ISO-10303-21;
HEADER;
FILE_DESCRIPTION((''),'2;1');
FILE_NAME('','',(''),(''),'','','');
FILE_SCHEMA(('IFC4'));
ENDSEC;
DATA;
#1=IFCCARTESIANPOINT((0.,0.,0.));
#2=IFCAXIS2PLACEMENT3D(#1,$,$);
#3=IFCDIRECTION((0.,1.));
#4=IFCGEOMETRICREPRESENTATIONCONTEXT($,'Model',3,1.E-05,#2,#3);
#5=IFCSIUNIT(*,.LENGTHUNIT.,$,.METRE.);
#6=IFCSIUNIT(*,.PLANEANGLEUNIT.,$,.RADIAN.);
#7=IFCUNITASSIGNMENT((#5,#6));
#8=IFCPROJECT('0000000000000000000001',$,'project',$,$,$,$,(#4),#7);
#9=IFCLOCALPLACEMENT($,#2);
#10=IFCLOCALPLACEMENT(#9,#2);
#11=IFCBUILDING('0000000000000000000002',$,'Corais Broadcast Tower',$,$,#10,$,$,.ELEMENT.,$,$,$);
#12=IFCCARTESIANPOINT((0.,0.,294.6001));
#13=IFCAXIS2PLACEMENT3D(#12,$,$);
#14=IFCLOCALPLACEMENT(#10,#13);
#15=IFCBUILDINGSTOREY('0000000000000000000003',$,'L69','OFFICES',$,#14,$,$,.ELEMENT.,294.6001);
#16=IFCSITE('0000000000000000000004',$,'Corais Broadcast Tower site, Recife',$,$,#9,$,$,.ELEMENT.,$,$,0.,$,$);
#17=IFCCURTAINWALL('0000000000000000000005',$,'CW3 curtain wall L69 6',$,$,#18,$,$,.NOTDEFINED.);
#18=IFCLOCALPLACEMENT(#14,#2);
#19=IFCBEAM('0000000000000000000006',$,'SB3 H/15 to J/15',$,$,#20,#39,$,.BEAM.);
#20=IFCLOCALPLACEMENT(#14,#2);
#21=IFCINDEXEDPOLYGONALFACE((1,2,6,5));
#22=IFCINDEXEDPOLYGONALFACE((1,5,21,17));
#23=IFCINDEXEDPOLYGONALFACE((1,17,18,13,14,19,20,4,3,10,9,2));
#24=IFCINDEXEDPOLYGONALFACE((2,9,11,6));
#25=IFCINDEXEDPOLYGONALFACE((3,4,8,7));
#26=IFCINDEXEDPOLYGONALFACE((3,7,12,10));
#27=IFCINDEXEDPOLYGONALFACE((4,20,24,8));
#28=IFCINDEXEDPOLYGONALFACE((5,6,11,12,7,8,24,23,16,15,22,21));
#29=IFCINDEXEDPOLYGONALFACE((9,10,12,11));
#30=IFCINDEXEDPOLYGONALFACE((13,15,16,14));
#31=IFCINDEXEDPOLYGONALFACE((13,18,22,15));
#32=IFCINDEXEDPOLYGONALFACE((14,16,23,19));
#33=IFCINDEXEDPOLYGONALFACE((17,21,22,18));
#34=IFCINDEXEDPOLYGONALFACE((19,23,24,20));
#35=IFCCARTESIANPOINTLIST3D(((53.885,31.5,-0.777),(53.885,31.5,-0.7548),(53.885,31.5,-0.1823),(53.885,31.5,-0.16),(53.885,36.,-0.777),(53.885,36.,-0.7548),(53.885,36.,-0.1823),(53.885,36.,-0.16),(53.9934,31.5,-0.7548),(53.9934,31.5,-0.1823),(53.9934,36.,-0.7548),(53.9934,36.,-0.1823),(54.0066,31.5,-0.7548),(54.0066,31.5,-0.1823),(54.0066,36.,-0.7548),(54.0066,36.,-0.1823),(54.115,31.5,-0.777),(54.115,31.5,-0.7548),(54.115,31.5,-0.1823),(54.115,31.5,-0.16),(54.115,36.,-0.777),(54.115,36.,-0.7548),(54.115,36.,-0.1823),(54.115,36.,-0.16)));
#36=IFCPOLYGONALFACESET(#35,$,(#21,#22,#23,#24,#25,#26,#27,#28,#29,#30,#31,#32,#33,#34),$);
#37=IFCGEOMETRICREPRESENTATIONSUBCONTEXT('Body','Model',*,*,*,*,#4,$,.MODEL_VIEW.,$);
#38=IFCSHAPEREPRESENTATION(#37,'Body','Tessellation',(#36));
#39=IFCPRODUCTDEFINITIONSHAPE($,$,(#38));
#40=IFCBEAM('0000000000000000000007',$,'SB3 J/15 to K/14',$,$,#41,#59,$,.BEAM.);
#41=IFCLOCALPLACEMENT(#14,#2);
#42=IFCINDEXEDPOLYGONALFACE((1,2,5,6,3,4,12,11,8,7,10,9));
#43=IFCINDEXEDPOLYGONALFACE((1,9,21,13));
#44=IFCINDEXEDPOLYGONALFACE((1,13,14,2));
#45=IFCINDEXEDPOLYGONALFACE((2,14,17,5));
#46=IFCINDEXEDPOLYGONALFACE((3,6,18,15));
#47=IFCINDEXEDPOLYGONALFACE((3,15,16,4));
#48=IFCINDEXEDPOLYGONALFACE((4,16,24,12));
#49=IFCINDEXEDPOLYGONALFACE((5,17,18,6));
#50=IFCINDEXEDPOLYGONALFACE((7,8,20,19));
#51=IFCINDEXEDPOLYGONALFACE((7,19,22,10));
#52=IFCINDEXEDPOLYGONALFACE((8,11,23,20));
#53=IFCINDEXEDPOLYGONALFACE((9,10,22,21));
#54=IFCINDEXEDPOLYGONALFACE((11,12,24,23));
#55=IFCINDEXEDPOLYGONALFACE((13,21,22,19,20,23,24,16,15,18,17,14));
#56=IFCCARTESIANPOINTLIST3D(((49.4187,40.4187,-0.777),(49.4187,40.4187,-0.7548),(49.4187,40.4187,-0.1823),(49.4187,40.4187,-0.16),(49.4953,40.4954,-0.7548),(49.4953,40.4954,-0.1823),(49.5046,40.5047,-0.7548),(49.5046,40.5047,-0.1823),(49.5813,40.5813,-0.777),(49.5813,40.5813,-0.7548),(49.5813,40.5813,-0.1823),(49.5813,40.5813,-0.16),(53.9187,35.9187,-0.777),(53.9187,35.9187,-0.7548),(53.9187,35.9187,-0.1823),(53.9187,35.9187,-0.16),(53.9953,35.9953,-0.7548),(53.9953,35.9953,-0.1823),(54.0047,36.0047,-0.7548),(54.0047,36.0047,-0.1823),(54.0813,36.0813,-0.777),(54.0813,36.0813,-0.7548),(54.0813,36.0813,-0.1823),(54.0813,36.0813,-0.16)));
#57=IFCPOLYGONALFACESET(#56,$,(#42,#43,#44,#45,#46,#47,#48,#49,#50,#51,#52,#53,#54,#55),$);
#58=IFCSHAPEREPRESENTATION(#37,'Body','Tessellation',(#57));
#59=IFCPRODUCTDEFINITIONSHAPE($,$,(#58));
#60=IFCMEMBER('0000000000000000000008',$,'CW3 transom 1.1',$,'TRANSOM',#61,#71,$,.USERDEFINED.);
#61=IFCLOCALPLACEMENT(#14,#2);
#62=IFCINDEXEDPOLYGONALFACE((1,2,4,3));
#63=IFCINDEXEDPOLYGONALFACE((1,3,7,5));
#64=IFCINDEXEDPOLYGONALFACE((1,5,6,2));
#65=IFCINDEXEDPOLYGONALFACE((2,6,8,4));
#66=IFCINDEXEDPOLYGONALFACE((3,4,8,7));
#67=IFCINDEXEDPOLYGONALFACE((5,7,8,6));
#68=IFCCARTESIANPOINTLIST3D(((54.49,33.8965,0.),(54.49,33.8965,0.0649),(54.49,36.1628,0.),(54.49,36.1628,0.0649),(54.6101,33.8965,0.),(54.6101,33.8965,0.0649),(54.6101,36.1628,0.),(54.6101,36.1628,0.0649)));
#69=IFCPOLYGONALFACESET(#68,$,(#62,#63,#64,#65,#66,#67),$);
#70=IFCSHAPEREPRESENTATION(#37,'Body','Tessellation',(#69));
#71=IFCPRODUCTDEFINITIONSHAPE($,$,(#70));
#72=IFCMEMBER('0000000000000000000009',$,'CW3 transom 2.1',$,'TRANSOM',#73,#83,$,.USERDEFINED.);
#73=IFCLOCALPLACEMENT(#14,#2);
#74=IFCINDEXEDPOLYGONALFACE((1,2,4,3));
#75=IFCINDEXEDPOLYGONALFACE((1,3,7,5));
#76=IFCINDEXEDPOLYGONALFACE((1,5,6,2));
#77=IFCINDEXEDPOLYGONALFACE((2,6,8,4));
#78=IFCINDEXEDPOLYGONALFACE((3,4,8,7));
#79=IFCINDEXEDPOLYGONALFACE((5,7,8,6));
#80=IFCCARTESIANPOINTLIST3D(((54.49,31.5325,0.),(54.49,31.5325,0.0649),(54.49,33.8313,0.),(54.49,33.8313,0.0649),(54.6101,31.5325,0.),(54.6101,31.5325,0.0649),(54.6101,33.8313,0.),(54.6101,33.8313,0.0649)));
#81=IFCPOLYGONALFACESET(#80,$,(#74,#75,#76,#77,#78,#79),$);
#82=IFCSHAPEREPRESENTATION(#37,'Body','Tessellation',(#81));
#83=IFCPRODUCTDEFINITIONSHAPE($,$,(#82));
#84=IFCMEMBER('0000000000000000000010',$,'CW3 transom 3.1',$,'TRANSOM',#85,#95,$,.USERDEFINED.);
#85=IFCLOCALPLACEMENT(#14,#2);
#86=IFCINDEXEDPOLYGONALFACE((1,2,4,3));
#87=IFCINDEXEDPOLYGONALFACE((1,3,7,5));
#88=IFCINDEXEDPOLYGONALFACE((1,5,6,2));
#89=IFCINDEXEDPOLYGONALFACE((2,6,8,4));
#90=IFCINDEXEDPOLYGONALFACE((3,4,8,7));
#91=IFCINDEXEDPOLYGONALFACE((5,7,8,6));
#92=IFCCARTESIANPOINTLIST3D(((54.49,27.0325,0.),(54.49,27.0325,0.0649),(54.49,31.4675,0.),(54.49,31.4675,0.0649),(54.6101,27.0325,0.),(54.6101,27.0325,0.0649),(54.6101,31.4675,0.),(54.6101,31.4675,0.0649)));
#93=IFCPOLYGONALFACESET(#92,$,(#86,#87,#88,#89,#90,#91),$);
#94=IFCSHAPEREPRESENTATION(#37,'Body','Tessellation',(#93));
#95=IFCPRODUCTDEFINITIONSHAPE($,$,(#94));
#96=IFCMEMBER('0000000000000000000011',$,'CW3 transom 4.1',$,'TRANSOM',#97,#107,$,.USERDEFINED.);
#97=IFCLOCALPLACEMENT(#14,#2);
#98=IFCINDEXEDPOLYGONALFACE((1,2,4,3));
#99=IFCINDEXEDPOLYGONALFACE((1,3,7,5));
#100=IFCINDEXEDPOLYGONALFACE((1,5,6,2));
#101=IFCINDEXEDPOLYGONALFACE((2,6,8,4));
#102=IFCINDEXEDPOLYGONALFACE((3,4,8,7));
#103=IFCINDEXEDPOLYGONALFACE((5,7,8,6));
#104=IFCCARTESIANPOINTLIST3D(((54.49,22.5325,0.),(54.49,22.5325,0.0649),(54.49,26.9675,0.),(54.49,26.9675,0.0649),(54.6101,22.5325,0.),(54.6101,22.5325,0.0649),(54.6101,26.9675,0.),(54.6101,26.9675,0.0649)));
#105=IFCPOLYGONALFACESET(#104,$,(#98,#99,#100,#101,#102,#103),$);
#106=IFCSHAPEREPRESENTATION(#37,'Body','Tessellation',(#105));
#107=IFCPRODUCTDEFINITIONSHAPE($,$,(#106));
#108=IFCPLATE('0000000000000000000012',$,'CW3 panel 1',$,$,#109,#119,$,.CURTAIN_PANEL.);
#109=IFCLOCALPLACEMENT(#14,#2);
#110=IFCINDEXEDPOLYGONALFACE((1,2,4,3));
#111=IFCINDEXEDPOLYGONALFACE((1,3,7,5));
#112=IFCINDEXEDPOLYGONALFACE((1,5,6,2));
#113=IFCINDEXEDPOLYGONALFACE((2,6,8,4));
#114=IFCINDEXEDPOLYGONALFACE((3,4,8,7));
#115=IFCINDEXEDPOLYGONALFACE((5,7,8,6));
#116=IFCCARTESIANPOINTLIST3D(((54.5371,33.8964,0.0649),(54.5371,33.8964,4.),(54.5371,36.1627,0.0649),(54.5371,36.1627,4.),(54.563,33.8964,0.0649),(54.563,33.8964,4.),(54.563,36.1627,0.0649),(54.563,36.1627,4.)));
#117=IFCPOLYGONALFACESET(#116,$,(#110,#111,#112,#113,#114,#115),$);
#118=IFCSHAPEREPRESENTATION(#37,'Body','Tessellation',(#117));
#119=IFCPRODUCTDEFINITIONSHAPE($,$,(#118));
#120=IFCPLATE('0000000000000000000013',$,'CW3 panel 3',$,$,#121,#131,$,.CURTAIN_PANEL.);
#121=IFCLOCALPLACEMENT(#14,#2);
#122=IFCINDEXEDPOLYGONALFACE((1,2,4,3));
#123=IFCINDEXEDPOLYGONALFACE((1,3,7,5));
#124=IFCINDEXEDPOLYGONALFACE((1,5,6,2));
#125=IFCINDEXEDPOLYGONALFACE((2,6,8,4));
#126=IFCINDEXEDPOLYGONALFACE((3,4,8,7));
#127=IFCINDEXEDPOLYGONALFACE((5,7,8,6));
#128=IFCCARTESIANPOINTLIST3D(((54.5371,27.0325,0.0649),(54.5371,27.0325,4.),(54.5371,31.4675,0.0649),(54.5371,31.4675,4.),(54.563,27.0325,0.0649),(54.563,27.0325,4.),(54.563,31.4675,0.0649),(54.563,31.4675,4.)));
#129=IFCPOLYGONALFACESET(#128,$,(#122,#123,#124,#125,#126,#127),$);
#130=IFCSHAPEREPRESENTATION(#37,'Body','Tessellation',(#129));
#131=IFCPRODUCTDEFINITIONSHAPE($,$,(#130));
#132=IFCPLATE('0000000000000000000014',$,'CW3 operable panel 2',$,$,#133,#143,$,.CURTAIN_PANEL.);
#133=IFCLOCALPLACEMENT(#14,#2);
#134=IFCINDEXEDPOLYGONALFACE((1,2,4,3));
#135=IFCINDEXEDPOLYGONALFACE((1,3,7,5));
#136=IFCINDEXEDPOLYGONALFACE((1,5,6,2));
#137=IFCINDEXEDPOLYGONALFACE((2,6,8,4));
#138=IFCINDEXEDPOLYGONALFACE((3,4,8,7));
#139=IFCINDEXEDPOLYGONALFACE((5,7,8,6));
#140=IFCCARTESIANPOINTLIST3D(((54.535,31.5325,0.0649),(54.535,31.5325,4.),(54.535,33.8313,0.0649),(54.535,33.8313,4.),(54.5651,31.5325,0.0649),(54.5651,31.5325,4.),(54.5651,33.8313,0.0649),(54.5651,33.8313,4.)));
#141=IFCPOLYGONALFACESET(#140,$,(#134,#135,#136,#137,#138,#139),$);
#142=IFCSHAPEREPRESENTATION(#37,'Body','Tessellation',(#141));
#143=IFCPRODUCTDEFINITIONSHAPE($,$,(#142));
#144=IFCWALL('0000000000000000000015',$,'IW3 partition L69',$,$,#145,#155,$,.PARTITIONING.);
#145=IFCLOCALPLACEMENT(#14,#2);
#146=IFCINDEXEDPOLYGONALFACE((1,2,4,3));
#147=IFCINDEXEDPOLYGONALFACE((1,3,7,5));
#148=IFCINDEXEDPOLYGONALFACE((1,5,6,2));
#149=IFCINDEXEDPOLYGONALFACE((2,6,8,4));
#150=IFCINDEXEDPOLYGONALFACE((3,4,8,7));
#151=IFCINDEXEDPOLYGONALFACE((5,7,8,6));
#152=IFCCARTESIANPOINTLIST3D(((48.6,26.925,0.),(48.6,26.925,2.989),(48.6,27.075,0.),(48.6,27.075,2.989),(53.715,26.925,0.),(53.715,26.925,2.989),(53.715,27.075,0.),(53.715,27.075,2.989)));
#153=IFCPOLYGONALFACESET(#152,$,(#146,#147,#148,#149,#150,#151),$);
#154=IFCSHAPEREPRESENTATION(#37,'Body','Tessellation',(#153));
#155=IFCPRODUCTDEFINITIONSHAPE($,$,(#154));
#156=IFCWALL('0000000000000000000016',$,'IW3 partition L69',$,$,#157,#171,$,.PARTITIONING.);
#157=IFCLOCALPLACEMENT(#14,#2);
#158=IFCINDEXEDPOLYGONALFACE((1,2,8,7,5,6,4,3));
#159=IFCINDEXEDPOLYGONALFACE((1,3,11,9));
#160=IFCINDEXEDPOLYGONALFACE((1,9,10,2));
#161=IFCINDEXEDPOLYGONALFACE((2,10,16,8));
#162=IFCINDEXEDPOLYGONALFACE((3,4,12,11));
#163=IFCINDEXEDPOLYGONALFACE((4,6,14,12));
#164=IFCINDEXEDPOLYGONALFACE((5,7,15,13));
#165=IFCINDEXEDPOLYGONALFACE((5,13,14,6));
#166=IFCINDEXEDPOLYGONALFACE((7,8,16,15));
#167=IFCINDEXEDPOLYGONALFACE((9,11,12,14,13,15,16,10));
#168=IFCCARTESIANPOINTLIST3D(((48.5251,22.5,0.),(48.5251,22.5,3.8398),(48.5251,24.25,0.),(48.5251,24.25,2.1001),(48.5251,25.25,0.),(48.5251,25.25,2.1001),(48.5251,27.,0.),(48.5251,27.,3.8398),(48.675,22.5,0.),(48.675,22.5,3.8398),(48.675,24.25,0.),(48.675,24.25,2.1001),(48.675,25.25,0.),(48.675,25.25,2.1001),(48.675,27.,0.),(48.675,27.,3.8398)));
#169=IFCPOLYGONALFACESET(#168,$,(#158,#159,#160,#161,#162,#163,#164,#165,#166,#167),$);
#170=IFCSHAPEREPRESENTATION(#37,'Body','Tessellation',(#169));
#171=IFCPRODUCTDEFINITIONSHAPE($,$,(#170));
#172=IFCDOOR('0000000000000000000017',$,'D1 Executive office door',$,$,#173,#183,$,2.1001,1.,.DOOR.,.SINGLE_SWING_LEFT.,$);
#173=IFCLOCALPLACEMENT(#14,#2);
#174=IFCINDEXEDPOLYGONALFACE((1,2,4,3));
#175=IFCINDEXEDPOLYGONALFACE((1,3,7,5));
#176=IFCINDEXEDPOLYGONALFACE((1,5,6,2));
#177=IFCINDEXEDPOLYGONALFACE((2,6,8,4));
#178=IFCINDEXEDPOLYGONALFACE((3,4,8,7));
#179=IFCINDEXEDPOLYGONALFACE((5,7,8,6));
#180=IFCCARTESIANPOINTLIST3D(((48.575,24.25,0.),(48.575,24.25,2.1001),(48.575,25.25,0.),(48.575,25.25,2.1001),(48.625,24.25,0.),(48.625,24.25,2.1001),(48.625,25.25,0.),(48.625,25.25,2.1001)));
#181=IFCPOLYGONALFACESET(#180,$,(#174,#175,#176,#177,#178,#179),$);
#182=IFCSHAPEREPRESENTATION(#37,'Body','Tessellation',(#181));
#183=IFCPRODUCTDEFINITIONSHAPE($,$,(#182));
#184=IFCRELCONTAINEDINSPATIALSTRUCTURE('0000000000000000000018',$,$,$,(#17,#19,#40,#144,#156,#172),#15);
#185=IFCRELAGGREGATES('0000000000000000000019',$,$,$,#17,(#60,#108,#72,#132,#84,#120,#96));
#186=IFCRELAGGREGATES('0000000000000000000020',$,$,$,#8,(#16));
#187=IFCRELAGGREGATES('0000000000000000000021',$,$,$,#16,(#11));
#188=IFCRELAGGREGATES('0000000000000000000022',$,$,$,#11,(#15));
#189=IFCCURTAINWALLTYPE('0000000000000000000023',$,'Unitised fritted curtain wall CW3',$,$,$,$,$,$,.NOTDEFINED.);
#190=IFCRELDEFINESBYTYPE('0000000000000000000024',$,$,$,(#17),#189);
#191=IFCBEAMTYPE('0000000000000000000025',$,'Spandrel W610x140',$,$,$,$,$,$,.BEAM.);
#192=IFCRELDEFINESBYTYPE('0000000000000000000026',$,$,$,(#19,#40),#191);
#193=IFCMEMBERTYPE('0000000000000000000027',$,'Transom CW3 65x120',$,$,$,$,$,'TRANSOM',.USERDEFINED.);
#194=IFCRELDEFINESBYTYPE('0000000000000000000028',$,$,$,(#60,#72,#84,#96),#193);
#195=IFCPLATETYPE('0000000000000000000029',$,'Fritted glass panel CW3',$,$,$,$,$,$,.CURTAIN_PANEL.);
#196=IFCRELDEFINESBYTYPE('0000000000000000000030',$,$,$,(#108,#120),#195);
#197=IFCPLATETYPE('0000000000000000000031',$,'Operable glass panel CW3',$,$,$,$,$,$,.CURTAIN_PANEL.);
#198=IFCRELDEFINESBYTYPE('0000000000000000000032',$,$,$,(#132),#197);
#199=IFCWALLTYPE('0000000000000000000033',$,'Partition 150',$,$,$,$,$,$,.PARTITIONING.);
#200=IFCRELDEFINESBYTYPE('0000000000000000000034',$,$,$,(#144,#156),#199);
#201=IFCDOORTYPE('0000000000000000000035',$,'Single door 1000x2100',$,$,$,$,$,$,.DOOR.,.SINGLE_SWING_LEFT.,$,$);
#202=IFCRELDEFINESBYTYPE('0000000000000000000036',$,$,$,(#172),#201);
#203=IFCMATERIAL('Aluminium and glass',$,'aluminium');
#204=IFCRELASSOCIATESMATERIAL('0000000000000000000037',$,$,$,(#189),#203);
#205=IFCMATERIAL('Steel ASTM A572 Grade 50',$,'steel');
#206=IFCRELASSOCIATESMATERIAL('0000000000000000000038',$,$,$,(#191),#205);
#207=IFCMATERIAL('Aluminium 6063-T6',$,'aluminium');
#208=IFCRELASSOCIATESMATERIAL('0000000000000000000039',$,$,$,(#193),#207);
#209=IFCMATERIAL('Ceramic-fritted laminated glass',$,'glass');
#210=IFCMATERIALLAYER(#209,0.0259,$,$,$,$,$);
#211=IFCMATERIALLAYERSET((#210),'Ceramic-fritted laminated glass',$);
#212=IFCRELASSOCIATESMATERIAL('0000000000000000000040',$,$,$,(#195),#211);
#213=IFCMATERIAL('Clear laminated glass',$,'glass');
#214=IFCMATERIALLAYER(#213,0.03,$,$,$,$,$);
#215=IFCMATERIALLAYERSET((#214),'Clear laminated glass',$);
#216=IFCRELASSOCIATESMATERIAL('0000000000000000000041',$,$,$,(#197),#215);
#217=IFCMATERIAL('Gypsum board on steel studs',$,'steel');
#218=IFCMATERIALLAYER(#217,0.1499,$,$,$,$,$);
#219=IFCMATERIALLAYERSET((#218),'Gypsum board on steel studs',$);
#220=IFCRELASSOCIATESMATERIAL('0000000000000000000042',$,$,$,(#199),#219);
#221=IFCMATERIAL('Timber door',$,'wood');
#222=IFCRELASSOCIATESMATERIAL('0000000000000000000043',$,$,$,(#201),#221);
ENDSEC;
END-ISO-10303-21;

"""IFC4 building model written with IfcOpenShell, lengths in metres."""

from ifc_helpers import new_model, si_unit, direction, frame, frame_2d, origin, origin_2d, place, context, subcontext, project, spatial, rectangle, i_section, extrude, material, layer, layer_set, material_profile, profile_set, type_object, element, fill, aggregate, save


model = new_model("IFC4")

# Units and contexts
model_context = context("Model", 3, precision=1e-05, world=origin(), true_north=direction((0.0, 1.0)))
body_context = subcontext(model_context, "Body", "Model", "MODEL_VIEW")
ifc_project = project(units=[si_unit("LENGTHUNIT", "METRE"), si_unit("PLANEANGLEUNIT", "RADIAN")], contexts=[model_context])

# Site, building, storey
site_placement = place(None, origin())
site = spatial("IfcSite", under=ifc_project, at=site_placement, Name="Corais Broadcast Tower site, Recife", CompositionType="ELEMENT", RefElevation=0.0)
building_placement = place(site_placement, origin())
building = spatial("IfcBuilding", under=site, at=building_placement, Name="Corais Broadcast Tower", CompositionType="ELEMENT")
storey_placement = place(building_placement, frame((0.0, 0.0, 294.6001)))
storey = spatial("IfcBuildingStorey", under=building, at=storey_placement, Name="L69", Description="OFFICES", CompositionType="ELEMENT", Elevation=294.6001)

# Curtain wall
ifc_material_1 = material(Name="Aluminium and glass", Category="aluminium")
curtain_wall_type = type_object("IfcCurtainWallType", Name="Unitised fritted curtain wall CW3", PredefinedType="NOTDEFINED", material=ifc_material_1)
curtain_wall_placement = place(storey_placement, origin())
curtain_wall = element("IfcCurtainWall", 1, at=curtain_wall_placement, inside=storey, type_object=curtain_wall_type, Name="CW3 curtain wall L69 6", PredefinedType="NOTDEFINED")

# Beams
ifc_material_2 = material(Name="Steel ASTM A572 Grade 50", Category="steel")
ifc_material_profile_1 = material_profile(ifc_material_2, i_section(OverallWidth=0.23, OverallDepth=0.6169, WebThickness=0.0132, FlangeThickness=0.0222, at=origin_2d()), Name="W610x140")
ifc_profile_set_1 = profile_set([ifc_material_profile_1], Name="Steel ASTM A572 Grade 50")
beam_type_1 = type_object("IfcBeamType", Name="Spandrel W610x140", PredefinedType="BEAM", material=ifc_profile_set_1)
for number, where, z_axis, x_axis, name in (
    (2, (54.0, 31.5, -0.4685), (0.0, 1.0, 0.0), (-1.0, 0.0, 0.0), "SB3 H/15 to J/15"),
):
    element("IfcBeam", number, at=place(storey_placement, frame(where, z_axis=z_axis, x_axis=x_axis)), inside=storey, type_object=beam_type_1, Name=name, PredefinedType="BEAM", context=body_context, shape_type="SweptSolid", body=[
        extrude(i_section(OverallWidth=0.23, OverallDepth=0.6169, WebThickness=0.0132, FlangeThickness=0.0222, at=origin_2d()), origin(), (0.0, 0.0, 1.0), 4.5),
    ])
beam_placement = place(storey_placement, frame((54.0, 36.0, -0.4685), z_axis=(-0.707107, 0.707107, 0.0), x_axis=(-0.707107, -0.707107, 0.0)))
element("IfcBeam", 3, at=beam_placement, inside=storey, type_object=beam_type_1, Name="SB3 J/15 to K/14", PredefinedType="BEAM", context=body_context, shape_type="SweptSolid", body=[
    extrude(i_section(OverallWidth=0.23, OverallDepth=0.6169, WebThickness=0.0132, FlangeThickness=0.0222, at=origin_2d()), origin(), (0.0, 0.0, 1.0), 6.364),
])

# Members
ifc_material_3 = material(Name="Aluminium 6063-T6", Category="aluminium")
ifc_material_profile_2 = material_profile(ifc_material_3, rectangle(XDim=0.1201, YDim=0.0649, at=origin_2d()), Name="Transom CW3 65x120")
ifc_profile_set_2 = profile_set([ifc_material_profile_2], Name="Aluminium 6063-T6")
member_type_1 = type_object("IfcMemberType", Name="Transom CW3 65x120", ElementType="TRANSOM", PredefinedType="USERDEFINED", material=ifc_profile_set_2)
member_1_placement = place(storey_placement, frame((54.55, 36.1628, 0.0325), z_axis=(0.0, -1.0, 0.0), x_axis=(1.0, 0.0, 0.0)))
member_1 = element("IfcMember", 4, at=member_1_placement, type_object=member_type_1, Name="CW3 transom 1.1", ObjectType="TRANSOM", PredefinedType="USERDEFINED", context=body_context, shape_type="SweptSolid", body=[
    extrude(rectangle(XDim=0.1201, YDim=0.0649, at=origin_2d()), origin(), (0.0, 0.0, 1.0), 2.2664),
])
member_2_placement = place(storey_placement, frame((54.55, 33.8313, 0.0325), z_axis=(0.0, -1.0, 0.0), x_axis=(1.0, 0.0, 0.0)))
member_2 = element("IfcMember", 5, at=member_2_placement, type_object=member_type_1, Name="CW3 transom 2.1", ObjectType="TRANSOM", PredefinedType="USERDEFINED", context=body_context, shape_type="SweptSolid", body=[
    extrude(rectangle(XDim=0.1201, YDim=0.0649, at=origin_2d()), origin(), (0.0, 0.0, 1.0), 2.2988),
])
member_3_placement = place(storey_placement, frame((54.55, 31.4675, 0.0325), z_axis=(0.0, -1.0, 0.0), x_axis=(1.0, 0.0, 0.0)))
member_3 = element("IfcMember", 6, at=member_3_placement, type_object=member_type_1, Name="CW3 transom 3.1", ObjectType="TRANSOM", PredefinedType="USERDEFINED", context=body_context, shape_type="SweptSolid", body=[
    extrude(rectangle(XDim=0.1201, YDim=0.0649, at=origin_2d()), origin(), (0.0, 0.0, 1.0), 4.4351),
])
member_4_placement = place(storey_placement, frame((54.55, 26.9675, 0.0325), z_axis=(0.0, -1.0, 0.0), x_axis=(1.0, 0.0, 0.0)))
member_4 = element("IfcMember", 7, at=member_4_placement, type_object=member_type_1, Name="CW3 transom 4.1", ObjectType="TRANSOM", PredefinedType="USERDEFINED", context=body_context, shape_type="SweptSolid", body=[
    extrude(rectangle(XDim=0.1201, YDim=0.0649, at=origin_2d()), origin(), (0.0, 0.0, 1.0), 4.4351),
])

# Plates
ifc_material_4 = material(Name="Ceramic-fritted laminated glass", Category="glass")
ifc_layer_1 = layer(ifc_material_4, 0.0259)
ifc_layer_set_1 = layer_set([ifc_layer_1], Name="Ceramic-fritted laminated glass")
plate_type_1 = type_object("IfcPlateType", Name="Fritted glass panel CW3", PredefinedType="CURTAIN_PANEL", material=ifc_layer_set_1)
plate_1_placement = place(storey_placement, frame((54.55, 35.0295, 0.0649), z_axis=(0.0, 0.0, 1.0), x_axis=(0.0, -1.0, 0.0)))
plate_1 = element("IfcPlate", 8, at=plate_1_placement, type_object=plate_type_1, Name="CW3 panel 1", PredefinedType="CURTAIN_PANEL", context=body_context, shape_type="SweptSolid", body=[
    extrude(rectangle(XDim=2.2664, YDim=0.0259, at=origin_2d()), origin(), (0.0, 0.0, 1.0), 3.9351),
])
plate_2_placement = place(storey_placement, frame((54.55, 29.25, 0.0649), z_axis=(0.0, 0.0, 1.0), x_axis=(0.0, -1.0, 0.0)))
plate_2 = element("IfcPlate", 9, at=plate_2_placement, type_object=plate_type_1, Name="CW3 panel 3", PredefinedType="CURTAIN_PANEL", context=body_context, shape_type="SweptSolid", body=[
    extrude(rectangle(XDim=4.4351, YDim=0.0259, at=origin_2d()), origin(), (0.0, 0.0, 1.0), 3.9351),
])
ifc_material_5 = material(Name="Clear laminated glass", Category="glass")
ifc_layer_2 = layer(ifc_material_5, 0.03)
ifc_layer_set_2 = layer_set([ifc_layer_2], Name="Clear laminated glass")
plate_type_2 = type_object("IfcPlateType", Name="Operable glass panel CW3", PredefinedType="CURTAIN_PANEL", material=ifc_layer_set_2)
plate_3_placement = place(storey_placement, frame((54.55, 32.6819, 0.0649), z_axis=(0.0, 0.0, 1.0), x_axis=(0.0, -1.0, 0.0)))
plate_3 = element("IfcPlate", 10, at=plate_3_placement, type_object=plate_type_2, Name="CW3 operable panel 2", PredefinedType="CURTAIN_PANEL", context=body_context, shape_type="SweptSolid", body=[
    extrude(rectangle(XDim=2.2988, YDim=0.03, at=origin_2d()), origin(), (0.0, 0.0, 1.0), 3.9351),
])
aggregate(curtain_wall, [member_1, plate_1, member_2, plate_3, member_3, plate_2, member_4])

# Wall
ifc_material_6 = material(Name="Gypsum board on steel studs", Category="steel")
ifc_layer_3 = layer(ifc_material_6, 0.1499)
ifc_layer_set_3 = layer_set([ifc_layer_3], Name="Gypsum board on steel studs")
wall_type = type_object("IfcWallType", Name="Partition 150", PredefinedType="PARTITIONING", material=ifc_layer_set_3)
wall_1_placement = place(storey_placement, frame((53.7151, 27.0, 0.0), z_axis=(0.0, 0.0, 1.0), x_axis=(-1.0, 0.0, 0.0)))
element("IfcWall", 11, at=wall_1_placement, inside=storey, type_object=wall_type, Name="IW3 partition L69", PredefinedType="PARTITIONING", context=body_context, shape_type="SweptSolid", body=[
    extrude(rectangle(XDim=5.115, YDim=0.1499, at=frame_2d((2.5576, 0.0))), origin(), (0.0, 0.0, 1.0), 2.989),
])

# Wall, opening, door
wall_2_placement = place(storey_placement, frame((48.6001, 27.0, 0.0), z_axis=(0.0, 0.0, 1.0), x_axis=(0.0, -1.0, 0.0)))
wall_2 = element("IfcWall", 12, at=wall_2_placement, inside=storey, type_object=wall_type, Name="IW3 partition L69", PredefinedType="PARTITIONING", context=body_context, shape_type="SweptSolid", body=[
    extrude(rectangle(XDim=4.5, YDim=0.1499, at=frame_2d((2.25, 0.0))), origin(), (0.0, 0.0, 1.0), 3.8398),
])
opening_1_placement = place(wall_2_placement, frame((1.75, 0.0, 0.0)))
opening_1 = element("IfcOpeningElement", 13, at=opening_1_placement, cuts=wall_2, PredefinedType="OPENING", context=body_context, shape_type="SweptSolid", body=[
    extrude(rectangle(XDim=1.0, YDim=2.1001, at=frame_2d((0.5, 1.05))), frame((0.0, 0.085, 0.0), z_axis=(0.0, -1.0, 0.0), x_axis=(1.0, 0.0, 0.0)), (0.0, 0.0, 1.0), 0.1699),
])
ifc_material_7 = material(Name="Timber door", Category="wood")
door_type = type_object("IfcDoorType", Name="Single door 1000x2100", OperationType="SINGLE_SWING_LEFT", PredefinedType="DOOR", material=ifc_material_7)
door_1_placement = place(opening_1_placement, origin())
door_1 = element("IfcDoor", 14, at=door_1_placement, inside=storey, type_object=door_type, Name="D1 Executive office door", OperationType="SINGLE_SWING_LEFT", OverallHeight=2.1001, OverallWidth=1.0, PredefinedType="DOOR", context=body_context, shape_type="SweptSolid", body=[
    extrude(rectangle(XDim=1.0, YDim=2.1001, at=frame_2d((0.5, 1.05))), frame((0.0, 0.0249, 0.0), z_axis=(0.0, -1.0, 0.0), x_axis=(1.0, 0.0, 0.0)), (0.0, 0.0, 1.0), 0.05),
])
fill(opening_1, door_1)

save(model, "model.ifc")
